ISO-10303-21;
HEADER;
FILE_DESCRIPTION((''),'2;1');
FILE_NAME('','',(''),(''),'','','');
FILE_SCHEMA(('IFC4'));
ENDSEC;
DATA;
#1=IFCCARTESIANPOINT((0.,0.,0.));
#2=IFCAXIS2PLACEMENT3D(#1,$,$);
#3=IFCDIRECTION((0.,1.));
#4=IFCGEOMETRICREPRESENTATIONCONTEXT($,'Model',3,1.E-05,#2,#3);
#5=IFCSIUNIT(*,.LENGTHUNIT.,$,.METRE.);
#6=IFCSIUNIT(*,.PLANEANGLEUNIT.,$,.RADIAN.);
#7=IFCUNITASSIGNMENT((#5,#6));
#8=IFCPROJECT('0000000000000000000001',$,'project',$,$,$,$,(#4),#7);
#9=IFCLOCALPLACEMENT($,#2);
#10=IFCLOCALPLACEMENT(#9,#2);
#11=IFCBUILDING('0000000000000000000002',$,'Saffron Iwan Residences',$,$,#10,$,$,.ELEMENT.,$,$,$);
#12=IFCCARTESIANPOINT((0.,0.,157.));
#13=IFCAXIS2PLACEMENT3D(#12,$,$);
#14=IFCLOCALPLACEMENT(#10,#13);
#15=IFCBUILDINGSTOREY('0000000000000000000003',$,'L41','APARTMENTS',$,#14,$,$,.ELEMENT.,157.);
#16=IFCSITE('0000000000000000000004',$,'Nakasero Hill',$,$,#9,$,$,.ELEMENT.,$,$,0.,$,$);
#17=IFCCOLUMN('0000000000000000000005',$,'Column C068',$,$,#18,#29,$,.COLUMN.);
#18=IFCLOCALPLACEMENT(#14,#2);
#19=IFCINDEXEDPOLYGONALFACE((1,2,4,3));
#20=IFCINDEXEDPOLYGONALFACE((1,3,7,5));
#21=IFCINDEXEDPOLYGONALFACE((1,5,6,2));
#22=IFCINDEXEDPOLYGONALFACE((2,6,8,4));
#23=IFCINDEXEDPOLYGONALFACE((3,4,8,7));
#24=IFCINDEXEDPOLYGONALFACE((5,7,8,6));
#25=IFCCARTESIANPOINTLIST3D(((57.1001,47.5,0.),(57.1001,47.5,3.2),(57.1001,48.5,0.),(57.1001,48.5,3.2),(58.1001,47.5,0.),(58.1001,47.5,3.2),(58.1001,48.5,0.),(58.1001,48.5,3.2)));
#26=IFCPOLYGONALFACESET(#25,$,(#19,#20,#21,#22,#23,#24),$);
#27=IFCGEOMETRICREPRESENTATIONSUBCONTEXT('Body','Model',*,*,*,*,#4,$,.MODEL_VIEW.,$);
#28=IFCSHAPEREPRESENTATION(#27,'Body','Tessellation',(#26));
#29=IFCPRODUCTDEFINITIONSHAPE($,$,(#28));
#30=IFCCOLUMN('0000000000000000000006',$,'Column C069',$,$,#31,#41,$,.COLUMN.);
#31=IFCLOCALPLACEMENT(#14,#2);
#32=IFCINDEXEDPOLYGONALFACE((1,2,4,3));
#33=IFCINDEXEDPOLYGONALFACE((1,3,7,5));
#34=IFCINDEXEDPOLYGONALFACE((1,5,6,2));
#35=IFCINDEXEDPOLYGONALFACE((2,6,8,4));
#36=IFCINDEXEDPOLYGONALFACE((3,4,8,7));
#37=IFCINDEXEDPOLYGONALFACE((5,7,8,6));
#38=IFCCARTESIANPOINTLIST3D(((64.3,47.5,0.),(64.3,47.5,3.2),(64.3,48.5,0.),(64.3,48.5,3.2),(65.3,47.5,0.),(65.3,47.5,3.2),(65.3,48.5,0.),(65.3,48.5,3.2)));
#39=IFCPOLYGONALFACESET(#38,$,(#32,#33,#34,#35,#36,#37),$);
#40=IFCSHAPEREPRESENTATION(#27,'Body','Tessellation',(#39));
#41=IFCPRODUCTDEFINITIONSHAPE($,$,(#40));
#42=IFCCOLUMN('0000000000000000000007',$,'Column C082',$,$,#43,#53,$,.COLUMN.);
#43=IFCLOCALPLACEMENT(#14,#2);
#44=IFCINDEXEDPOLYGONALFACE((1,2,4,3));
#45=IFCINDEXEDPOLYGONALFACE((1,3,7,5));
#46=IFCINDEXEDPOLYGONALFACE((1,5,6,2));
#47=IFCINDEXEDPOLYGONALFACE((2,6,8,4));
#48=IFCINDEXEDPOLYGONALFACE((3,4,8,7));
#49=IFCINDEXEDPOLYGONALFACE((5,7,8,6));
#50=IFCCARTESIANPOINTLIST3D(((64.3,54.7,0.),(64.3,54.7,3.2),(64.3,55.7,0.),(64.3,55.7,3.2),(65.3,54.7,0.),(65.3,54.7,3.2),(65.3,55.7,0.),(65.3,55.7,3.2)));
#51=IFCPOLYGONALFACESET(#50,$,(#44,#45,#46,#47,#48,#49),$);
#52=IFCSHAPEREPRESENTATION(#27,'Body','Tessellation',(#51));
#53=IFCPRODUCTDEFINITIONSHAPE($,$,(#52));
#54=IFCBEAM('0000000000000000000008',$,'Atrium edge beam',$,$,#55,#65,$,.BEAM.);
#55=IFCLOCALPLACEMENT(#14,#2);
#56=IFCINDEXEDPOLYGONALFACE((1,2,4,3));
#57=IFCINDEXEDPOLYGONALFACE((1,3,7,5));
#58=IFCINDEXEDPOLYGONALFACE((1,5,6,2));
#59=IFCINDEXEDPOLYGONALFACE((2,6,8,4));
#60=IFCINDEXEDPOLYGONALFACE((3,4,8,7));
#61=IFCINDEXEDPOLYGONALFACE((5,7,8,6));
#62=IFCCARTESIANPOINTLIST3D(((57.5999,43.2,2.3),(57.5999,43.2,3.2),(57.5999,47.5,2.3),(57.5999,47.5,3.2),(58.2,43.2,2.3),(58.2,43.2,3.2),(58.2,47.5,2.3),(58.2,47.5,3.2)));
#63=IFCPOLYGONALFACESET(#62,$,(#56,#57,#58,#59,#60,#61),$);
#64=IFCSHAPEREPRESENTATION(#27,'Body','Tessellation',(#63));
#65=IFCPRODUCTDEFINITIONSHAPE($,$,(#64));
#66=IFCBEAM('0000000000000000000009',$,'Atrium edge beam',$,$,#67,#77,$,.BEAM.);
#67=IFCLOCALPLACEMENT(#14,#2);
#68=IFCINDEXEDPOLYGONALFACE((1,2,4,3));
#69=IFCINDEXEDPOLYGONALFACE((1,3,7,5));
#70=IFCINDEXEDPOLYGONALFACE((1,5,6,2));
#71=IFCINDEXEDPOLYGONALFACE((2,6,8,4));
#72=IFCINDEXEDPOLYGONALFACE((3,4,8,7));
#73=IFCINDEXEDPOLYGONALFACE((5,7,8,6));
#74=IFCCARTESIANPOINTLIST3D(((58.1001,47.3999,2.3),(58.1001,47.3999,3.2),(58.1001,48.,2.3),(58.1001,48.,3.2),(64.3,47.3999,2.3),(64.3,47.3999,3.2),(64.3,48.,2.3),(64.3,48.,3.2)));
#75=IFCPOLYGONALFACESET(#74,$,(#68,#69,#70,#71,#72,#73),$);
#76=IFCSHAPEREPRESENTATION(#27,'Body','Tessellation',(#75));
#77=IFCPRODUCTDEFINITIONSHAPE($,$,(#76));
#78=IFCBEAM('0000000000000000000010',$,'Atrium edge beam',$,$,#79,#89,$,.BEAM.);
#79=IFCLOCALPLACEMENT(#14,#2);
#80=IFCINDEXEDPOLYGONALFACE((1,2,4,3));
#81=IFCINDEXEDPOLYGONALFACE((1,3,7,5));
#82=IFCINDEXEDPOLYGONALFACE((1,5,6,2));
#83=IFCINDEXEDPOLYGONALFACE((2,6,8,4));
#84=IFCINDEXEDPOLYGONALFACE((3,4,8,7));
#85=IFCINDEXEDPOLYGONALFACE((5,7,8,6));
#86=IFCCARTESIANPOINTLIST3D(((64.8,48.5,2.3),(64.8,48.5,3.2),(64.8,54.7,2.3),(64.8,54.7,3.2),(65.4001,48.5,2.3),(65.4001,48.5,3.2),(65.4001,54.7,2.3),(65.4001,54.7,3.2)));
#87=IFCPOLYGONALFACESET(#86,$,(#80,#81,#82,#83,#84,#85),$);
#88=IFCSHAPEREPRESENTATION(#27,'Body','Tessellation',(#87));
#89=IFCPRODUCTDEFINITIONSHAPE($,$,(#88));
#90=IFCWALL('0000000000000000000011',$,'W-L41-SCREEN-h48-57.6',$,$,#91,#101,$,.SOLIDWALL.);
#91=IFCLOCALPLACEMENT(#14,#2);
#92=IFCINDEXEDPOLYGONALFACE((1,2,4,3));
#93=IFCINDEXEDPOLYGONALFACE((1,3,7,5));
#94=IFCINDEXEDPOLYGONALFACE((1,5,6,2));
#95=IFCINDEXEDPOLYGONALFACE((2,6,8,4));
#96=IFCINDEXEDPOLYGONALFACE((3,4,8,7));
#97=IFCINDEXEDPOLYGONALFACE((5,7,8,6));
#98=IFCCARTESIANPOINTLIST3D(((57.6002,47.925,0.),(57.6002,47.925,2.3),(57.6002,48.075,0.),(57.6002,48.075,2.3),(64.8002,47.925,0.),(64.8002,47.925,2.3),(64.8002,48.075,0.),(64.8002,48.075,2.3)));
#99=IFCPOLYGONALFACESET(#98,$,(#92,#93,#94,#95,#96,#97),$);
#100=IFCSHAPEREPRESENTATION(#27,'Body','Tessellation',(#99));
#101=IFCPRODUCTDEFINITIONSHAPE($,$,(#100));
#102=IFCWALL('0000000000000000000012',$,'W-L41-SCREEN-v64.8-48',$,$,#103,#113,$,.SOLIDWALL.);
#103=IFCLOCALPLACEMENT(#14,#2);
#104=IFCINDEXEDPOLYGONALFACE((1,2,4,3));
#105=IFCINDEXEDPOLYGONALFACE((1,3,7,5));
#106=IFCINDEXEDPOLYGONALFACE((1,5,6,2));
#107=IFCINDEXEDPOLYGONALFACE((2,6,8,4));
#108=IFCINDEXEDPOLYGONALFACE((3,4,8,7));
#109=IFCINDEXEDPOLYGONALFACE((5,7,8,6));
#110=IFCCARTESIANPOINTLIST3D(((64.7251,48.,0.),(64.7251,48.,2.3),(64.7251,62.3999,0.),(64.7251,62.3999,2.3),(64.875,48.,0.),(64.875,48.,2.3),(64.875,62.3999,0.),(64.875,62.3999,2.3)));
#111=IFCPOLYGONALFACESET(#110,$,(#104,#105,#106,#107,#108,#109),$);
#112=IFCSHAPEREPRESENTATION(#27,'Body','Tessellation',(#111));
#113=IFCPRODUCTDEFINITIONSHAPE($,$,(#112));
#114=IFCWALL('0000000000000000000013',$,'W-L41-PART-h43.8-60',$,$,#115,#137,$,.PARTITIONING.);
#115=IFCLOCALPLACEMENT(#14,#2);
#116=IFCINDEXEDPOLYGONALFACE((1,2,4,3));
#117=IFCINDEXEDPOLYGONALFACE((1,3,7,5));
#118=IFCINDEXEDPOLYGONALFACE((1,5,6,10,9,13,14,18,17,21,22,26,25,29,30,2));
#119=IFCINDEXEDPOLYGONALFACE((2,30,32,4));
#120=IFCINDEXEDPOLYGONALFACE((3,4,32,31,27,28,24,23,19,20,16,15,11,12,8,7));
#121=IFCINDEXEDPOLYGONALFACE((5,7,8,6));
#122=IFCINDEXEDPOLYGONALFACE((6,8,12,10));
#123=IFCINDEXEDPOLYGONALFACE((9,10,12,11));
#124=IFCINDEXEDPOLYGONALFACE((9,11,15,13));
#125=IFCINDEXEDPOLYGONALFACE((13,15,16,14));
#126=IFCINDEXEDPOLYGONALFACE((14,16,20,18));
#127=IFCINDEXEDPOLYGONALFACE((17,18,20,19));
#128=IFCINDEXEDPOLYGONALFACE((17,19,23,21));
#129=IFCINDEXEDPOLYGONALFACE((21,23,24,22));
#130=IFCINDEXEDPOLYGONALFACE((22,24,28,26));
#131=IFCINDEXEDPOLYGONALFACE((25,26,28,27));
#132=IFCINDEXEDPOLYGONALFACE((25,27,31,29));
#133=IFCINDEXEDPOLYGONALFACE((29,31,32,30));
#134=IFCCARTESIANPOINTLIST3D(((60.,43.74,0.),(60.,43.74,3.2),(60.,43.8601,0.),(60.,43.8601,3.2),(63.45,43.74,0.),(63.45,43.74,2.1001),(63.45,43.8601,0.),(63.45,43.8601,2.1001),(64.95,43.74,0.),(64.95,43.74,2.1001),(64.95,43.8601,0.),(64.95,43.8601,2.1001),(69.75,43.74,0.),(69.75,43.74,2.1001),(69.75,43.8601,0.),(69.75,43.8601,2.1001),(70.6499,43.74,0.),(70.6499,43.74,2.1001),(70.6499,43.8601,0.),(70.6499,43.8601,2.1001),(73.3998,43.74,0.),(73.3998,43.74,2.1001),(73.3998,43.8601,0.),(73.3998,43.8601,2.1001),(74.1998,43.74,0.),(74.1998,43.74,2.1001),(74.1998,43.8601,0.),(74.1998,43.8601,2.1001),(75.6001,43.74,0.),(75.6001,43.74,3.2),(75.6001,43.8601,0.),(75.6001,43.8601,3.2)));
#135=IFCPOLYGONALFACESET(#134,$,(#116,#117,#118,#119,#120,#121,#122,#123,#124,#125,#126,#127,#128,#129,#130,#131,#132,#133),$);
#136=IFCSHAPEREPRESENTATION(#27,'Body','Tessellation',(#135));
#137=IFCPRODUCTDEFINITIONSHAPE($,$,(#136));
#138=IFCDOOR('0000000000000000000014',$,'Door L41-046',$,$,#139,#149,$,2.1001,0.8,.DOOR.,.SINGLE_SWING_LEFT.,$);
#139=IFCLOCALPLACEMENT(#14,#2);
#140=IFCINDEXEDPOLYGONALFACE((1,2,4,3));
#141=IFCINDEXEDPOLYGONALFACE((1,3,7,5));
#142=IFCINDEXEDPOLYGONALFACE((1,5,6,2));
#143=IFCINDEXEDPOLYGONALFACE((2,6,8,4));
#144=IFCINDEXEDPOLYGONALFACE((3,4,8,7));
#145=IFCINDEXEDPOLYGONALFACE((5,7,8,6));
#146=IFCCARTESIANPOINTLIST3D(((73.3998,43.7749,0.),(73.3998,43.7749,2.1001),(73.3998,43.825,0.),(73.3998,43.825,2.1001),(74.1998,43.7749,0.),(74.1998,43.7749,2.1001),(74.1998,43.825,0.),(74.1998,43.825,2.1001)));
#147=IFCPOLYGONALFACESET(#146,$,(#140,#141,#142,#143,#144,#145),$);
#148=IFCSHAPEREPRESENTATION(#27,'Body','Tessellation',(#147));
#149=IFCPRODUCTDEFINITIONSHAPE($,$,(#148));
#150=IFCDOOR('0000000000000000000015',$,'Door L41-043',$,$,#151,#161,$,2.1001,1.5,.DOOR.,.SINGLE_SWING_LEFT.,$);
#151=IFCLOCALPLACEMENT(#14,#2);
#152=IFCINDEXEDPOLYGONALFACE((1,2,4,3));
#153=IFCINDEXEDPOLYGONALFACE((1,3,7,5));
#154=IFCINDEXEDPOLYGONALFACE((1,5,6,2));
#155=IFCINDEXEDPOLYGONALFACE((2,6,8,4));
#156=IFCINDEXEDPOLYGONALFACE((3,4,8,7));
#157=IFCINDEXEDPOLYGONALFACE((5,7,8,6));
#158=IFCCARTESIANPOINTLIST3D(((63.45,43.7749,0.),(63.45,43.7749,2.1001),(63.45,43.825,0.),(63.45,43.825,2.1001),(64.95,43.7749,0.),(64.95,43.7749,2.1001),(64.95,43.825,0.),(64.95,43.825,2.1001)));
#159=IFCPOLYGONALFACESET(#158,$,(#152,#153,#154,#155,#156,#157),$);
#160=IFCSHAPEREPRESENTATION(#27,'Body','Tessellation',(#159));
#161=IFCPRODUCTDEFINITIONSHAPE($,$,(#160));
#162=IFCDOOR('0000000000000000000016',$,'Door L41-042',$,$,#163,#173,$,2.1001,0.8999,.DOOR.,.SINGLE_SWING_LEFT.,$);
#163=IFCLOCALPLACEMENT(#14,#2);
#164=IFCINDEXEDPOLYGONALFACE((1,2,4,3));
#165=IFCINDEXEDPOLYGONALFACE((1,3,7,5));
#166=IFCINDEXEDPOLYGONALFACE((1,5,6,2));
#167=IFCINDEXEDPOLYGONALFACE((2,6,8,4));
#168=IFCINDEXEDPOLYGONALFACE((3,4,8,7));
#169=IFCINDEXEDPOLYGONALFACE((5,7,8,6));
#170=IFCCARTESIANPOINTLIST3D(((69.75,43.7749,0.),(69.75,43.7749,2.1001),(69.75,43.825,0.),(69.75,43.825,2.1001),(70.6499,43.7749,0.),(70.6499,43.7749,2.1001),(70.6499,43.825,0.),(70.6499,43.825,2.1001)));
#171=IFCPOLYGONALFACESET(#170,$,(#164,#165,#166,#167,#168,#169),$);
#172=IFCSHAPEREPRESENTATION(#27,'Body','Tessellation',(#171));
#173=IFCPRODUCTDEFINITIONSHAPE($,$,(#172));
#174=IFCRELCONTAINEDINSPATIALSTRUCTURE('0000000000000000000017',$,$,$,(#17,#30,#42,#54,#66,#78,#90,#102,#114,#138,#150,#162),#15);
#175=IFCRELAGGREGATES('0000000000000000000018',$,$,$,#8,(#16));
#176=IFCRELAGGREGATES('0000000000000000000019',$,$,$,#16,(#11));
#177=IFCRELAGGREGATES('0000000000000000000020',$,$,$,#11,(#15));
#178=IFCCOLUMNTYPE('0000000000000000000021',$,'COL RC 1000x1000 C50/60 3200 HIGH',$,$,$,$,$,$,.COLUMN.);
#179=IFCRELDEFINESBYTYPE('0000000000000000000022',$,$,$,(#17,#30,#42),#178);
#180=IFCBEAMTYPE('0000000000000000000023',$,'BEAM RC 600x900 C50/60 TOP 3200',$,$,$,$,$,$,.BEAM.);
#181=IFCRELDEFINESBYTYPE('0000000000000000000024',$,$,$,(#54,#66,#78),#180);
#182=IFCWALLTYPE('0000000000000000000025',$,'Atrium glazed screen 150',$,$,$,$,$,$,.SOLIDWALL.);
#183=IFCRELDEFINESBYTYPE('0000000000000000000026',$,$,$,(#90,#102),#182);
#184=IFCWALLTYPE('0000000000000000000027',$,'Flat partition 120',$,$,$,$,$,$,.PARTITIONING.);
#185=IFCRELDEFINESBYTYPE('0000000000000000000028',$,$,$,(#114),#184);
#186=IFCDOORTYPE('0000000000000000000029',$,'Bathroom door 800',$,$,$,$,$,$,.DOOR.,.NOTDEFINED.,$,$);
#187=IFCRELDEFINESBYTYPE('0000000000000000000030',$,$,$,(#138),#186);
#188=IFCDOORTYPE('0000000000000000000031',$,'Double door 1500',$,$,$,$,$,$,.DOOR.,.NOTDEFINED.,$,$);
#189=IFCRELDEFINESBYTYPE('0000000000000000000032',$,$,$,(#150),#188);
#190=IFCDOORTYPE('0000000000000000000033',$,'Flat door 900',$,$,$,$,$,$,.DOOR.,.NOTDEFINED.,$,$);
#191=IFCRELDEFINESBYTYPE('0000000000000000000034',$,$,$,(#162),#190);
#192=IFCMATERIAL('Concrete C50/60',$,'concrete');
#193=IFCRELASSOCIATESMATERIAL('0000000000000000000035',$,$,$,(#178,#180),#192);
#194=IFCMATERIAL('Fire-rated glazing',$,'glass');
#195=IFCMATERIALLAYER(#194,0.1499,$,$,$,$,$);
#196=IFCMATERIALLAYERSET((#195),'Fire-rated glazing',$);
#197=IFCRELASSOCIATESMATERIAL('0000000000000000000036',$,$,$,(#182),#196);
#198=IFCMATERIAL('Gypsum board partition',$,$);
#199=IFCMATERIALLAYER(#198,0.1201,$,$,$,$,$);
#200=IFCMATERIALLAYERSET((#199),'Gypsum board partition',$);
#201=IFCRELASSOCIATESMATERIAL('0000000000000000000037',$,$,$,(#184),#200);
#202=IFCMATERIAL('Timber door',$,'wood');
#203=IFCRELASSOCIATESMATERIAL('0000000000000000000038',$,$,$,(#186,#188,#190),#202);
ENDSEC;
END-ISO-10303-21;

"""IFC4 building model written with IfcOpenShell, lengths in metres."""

from ifc_helpers import new_model, si_unit, direction, frame, frame_2d, origin, origin_2d, place, context, subcontext, project, spatial, rectangle, extrude, source, transform, mapped, material, layer, layer_set, material_profile, profile_set, type_object, element, fill, save


model = new_model("IFC4")

# Units and contexts
model_context = context("Model", 3, precision=1e-05, world=origin(), true_north=direction((0.0, 1.0)))
body_context = subcontext(model_context, "Body", "Model", "MODEL_VIEW")
ifc_project = project(units=[si_unit("LENGTHUNIT", "METRE"), si_unit("PLANEANGLEUNIT", "RADIAN")], contexts=[model_context])

# Site, building, storey
site_placement = place(None, origin())
site = spatial("IfcSite", under=ifc_project, at=site_placement, Name="Nakasero Hill", CompositionType="ELEMENT", RefElevation=0.0)
building_placement = place(site_placement, origin())
building = spatial("IfcBuilding", under=site, at=building_placement, Name="Saffron Iwan Residences", CompositionType="ELEMENT")
storey_placement = place(building_placement, frame((0.0, 0.0, 157.0)))
storey = spatial("IfcBuildingStorey", under=building, at=storey_placement, Name="L41", Description="APARTMENTS", CompositionType="ELEMENT", Elevation=157.0)

# Columns
ifc_material_1 = material(Name="Concrete C50/60", Category="concrete")
ifc_material_profile_1 = material_profile(ifc_material_1, rectangle(XDim=1.0, YDim=1.0, at=origin_2d()), Name="RC 1000x1000")
ifc_profile_set_1 = profile_set([ifc_material_profile_1], Name="Concrete C50/60")
column_type = type_object("IfcColumnType", Name="COL RC 1000x1000 C50/60 3200 HIGH", PredefinedType="COLUMN", material=ifc_profile_set_1)
shared_shape_1 = source(origin(), body_context, "Body", "SweptSolid", [
    extrude(rectangle(XDim=1.0, YDim=1.0, at=origin_2d()), origin(), (0.0, 0.0, 1.0), 3.2),
])
for number, where, z_axis, x_axis, name in (
    (1, (57.6001, 48.0, 0.0), (0.0, 0.0, 1.0), (1.0, 0.0, 0.0), "Column C068"),
    (2, (64.8, 48.0, 0.0), (0.0, 0.0, 1.0), (1.0, 0.0, 0.0), "Column C069"),
    (3, (64.8, 55.2, 0.0), (0.0, 0.0, 1.0), (1.0, 0.0, 0.0), "Column C082"),
):
    element("IfcColumn", number, at=place(storey_placement, frame(where, z_axis=z_axis, x_axis=x_axis)), inside=storey, type_object=column_type, Name=name, PredefinedType="COLUMN", context=body_context, shape_type="MappedRepresentation", body=[
        mapped(shared_shape_1, transform((0.0, 0.0, 0.0))),
    ])

# Beams
ifc_material_profile_2 = material_profile(ifc_material_1, rectangle(XDim=0.6001, YDim=0.8999, at=origin_2d()), Name="RC 600x900")
ifc_profile_set_2 = profile_set([ifc_material_profile_2], Name="Concrete C50/60")
beam_type = type_object("IfcBeamType", Name="BEAM RC 600x900 C50/60 TOP 3200", PredefinedType="BEAM", material=ifc_profile_set_2)
shared_shape_2 = source(origin(), body_context, "Body", "SweptSolid", [
    extrude(rectangle(XDim=0.6001, YDim=0.8999, at=origin_2d()), origin(), (0.0, 0.0, 1.0), 4.3),
])
beam_placement = place(storey_placement, frame((57.8999, 47.5, 2.75), z_axis=(0.0, -1.0, 0.0), x_axis=(1.0, 0.0, 0.0)))
element("IfcBeam", 4, at=beam_placement, inside=storey, type_object=beam_type, Name="Atrium edge beam", PredefinedType="BEAM", context=body_context, shape_type="MappedRepresentation", body=[
    mapped(shared_shape_2, transform((0.0, 0.0, 0.0))),
])
shared_shape_3 = source(origin(), body_context, "Body", "SweptSolid", [
    extrude(rectangle(XDim=0.6001, YDim=0.8999, at=origin_2d()), origin(), (0.0, 0.0, 1.0), 6.2),
])
for number, where, z_axis, x_axis, name in (
    (5, (64.3, 47.7, 2.75), (-1.0, 0.0, 0.0), (0.0, -1.0, 0.0), "Atrium edge beam"),
    (6, (65.1001, 54.7, 2.75), (0.0, -1.0, 0.0), (1.0, 0.0, 0.0), "Atrium edge beam"),
):
    element("IfcBeam", number, at=place(storey_placement, frame(where, z_axis=z_axis, x_axis=x_axis)), inside=storey, type_object=beam_type, Name=name, PredefinedType="BEAM", context=body_context, shape_type="MappedRepresentation", body=[
        mapped(shared_shape_3, transform((0.0, 0.0, 0.0))),
    ])

# Walls
ifc_material_2 = material(Name="Fire-rated glazing", Category="glass")
ifc_layer_1 = layer(ifc_material_2, 0.1499)
ifc_layer_set_1 = layer_set([ifc_layer_1], Name="Fire-rated glazing")
wall_type_1 = type_object("IfcWallType", Name="Atrium glazed screen 150", PredefinedType="SOLIDWALL", material=ifc_layer_set_1)
wall_1_placement = place(storey_placement, frame((57.6001, 48.0, 0.0), z_axis=(0.0, 0.0, 1.0), x_axis=(1.0, 0.0, 0.0)))
element("IfcWall", 7, at=wall_1_placement, inside=storey, type_object=wall_type_1, Name="W-L41-SCREEN-h48-57.6", PredefinedType="SOLIDWALL", context=body_context, shape_type="SweptSolid", body=[
    extrude(rectangle(XDim=7.2, YDim=0.1499, at=frame_2d((3.6001, 0.0))), origin(), (0.0, 0.0, 1.0), 2.3),
])
wall_2_placement = place(storey_placement, frame((64.8, 48.0, 0.0), z_axis=(0.0, 0.0, 1.0), x_axis=(0.0, 1.0, 0.0)))
element("IfcWall", 8, at=wall_2_placement, inside=storey, type_object=wall_type_1, Name="W-L41-SCREEN-v64.8-48", PredefinedType="SOLIDWALL", context=body_context, shape_type="SweptSolid", body=[
    extrude(rectangle(XDim=14.3999, YDim=0.1499, at=frame_2d((7.2, 0.0))), origin(), (0.0, 0.0, 1.0), 2.3),
])

# Wall, openings, doors
ifc_material_3 = material(Name="Gypsum board partition")
ifc_layer_2 = layer(ifc_material_3, 0.1201)
ifc_layer_set_2 = layer_set([ifc_layer_2], Name="Gypsum board partition")
wall_type_2 = type_object("IfcWallType", Name="Flat partition 120", PredefinedType="PARTITIONING", material=ifc_layer_set_2)
wall_3_placement = place(storey_placement, frame((60.0, 43.8, 0.0), z_axis=(0.0, 0.0, 1.0), x_axis=(1.0, 0.0, 0.0)))
wall_3 = element("IfcWall", 9, at=wall_3_placement, inside=storey, type_object=wall_type_2, Name="W-L41-PART-h43.8-60", PredefinedType="PARTITIONING", context=body_context, shape_type="SweptSolid", body=[
    extrude(rectangle(XDim=15.6001, YDim=0.1201, at=frame_2d((7.8, 0.0))), origin(), (0.0, 0.0, 1.0), 3.2),
])
opening_1_placement = place(wall_3_placement, frame((9.75, 0.0, 0.0)))
opening_1 = element("IfcOpeningElement", 10, at=opening_1_placement, cuts=wall_3, PredefinedType="OPENING", context=body_context, shape_type="SweptSolid", body=[
    extrude(rectangle(XDim=0.8999, YDim=2.1001, at=frame_2d((0.45, 1.05))), frame((0.0, 0.0701, 0.0), z_axis=(0.0, -1.0, 0.0), x_axis=(1.0, 0.0, 0.0)), (0.0, 0.0, 1.0), 0.1401),
])
opening_2_placement = place(wall_3_placement, frame((3.45, 0.0, 0.0)))
opening_2 = element("IfcOpeningElement", 11, at=opening_2_placement, cuts=wall_3, PredefinedType="OPENING", context=body_context, shape_type="SweptSolid", body=[
    extrude(rectangle(XDim=1.5, YDim=2.1001, at=frame_2d((0.75, 1.05))), frame((0.0, 0.0701, 0.0), z_axis=(0.0, -1.0, 0.0), x_axis=(1.0, 0.0, 0.0)), (0.0, 0.0, 1.0), 0.1401),
])
opening_3_placement = place(wall_3_placement, frame((13.3999, 0.0, 0.0)))
opening_3 = element("IfcOpeningElement", 12, at=opening_3_placement, cuts=wall_3, PredefinedType="OPENING", context=body_context, shape_type="SweptSolid", body=[
    extrude(rectangle(XDim=0.8, YDim=2.1001, at=frame_2d((0.3999, 1.05))), frame((0.0, 0.0701, 0.0), z_axis=(0.0, -1.0, 0.0), x_axis=(1.0, 0.0, 0.0)), (0.0, 0.0, 1.0), 0.1401),
])
ifc_material_4 = material(Name="Timber door", Category="wood")
door_type_1 = type_object("IfcDoorType", Name="Bathroom door 800", OperationType="NOTDEFINED", PredefinedType="DOOR", material=ifc_material_4)
door_1_placement = place(opening_3_placement, origin())
door_1 = element("IfcDoor", 13, at=door_1_placement, inside=storey, type_object=door_type_1, Name="Door L41-046", OperationType="SINGLE_SWING_LEFT", OverallHeight=2.1001, OverallWidth=0.8, PredefinedType="DOOR", context=body_context, shape_type="SweptSolid", body=[
    extrude(rectangle(XDim=0.8, YDim=2.1001, at=frame_2d((0.3999, 1.05))), frame((0.0, 0.0249, 0.0), z_axis=(0.0, -1.0, 0.0), x_axis=(1.0, 0.0, 0.0)), (0.0, 0.0, 1.0), 0.05),
])
fill(opening_3, door_1)
door_type_2 = type_object("IfcDoorType", Name="Double door 1500", OperationType="NOTDEFINED", PredefinedType="DOOR", material=ifc_material_4)
door_2_placement = place(opening_2_placement, origin())
door_2 = element("IfcDoor", 14, at=door_2_placement, inside=storey, type_object=door_type_2, Name="Door L41-043", OperationType="SINGLE_SWING_LEFT", OverallHeight=2.1001, OverallWidth=1.5, PredefinedType="DOOR", context=body_context, shape_type="SweptSolid", body=[
    extrude(rectangle(XDim=1.5, YDim=2.1001, at=frame_2d((0.75, 1.05))), frame((0.0, 0.0249, 0.0), z_axis=(0.0, -1.0, 0.0), x_axis=(1.0, 0.0, 0.0)), (0.0, 0.0, 1.0), 0.05),
])
fill(opening_2, door_2)
door_type_3 = type_object("IfcDoorType", Name="Flat door 900", OperationType="NOTDEFINED", PredefinedType="DOOR", material=ifc_material_4)
door_3_placement = place(opening_1_placement, origin())
door_3 = element("IfcDoor", 15, at=door_3_placement, inside=storey, type_object=door_type_3, Name="Door L41-042", OperationType="SINGLE_SWING_LEFT", OverallHeight=2.1001, OverallWidth=0.8999, PredefinedType="DOOR", context=body_context, shape_type="SweptSolid", body=[
    extrude(rectangle(XDim=0.8999, YDim=2.1001, at=frame_2d((0.45, 1.05))), frame((0.0, 0.0249, 0.0), z_axis=(0.0, -1.0, 0.0), x_axis=(1.0, 0.0, 0.0)), (0.0, 0.0, 1.0), 0.05),
])
fill(opening_1, door_3)

save(model, "model.ifc")
